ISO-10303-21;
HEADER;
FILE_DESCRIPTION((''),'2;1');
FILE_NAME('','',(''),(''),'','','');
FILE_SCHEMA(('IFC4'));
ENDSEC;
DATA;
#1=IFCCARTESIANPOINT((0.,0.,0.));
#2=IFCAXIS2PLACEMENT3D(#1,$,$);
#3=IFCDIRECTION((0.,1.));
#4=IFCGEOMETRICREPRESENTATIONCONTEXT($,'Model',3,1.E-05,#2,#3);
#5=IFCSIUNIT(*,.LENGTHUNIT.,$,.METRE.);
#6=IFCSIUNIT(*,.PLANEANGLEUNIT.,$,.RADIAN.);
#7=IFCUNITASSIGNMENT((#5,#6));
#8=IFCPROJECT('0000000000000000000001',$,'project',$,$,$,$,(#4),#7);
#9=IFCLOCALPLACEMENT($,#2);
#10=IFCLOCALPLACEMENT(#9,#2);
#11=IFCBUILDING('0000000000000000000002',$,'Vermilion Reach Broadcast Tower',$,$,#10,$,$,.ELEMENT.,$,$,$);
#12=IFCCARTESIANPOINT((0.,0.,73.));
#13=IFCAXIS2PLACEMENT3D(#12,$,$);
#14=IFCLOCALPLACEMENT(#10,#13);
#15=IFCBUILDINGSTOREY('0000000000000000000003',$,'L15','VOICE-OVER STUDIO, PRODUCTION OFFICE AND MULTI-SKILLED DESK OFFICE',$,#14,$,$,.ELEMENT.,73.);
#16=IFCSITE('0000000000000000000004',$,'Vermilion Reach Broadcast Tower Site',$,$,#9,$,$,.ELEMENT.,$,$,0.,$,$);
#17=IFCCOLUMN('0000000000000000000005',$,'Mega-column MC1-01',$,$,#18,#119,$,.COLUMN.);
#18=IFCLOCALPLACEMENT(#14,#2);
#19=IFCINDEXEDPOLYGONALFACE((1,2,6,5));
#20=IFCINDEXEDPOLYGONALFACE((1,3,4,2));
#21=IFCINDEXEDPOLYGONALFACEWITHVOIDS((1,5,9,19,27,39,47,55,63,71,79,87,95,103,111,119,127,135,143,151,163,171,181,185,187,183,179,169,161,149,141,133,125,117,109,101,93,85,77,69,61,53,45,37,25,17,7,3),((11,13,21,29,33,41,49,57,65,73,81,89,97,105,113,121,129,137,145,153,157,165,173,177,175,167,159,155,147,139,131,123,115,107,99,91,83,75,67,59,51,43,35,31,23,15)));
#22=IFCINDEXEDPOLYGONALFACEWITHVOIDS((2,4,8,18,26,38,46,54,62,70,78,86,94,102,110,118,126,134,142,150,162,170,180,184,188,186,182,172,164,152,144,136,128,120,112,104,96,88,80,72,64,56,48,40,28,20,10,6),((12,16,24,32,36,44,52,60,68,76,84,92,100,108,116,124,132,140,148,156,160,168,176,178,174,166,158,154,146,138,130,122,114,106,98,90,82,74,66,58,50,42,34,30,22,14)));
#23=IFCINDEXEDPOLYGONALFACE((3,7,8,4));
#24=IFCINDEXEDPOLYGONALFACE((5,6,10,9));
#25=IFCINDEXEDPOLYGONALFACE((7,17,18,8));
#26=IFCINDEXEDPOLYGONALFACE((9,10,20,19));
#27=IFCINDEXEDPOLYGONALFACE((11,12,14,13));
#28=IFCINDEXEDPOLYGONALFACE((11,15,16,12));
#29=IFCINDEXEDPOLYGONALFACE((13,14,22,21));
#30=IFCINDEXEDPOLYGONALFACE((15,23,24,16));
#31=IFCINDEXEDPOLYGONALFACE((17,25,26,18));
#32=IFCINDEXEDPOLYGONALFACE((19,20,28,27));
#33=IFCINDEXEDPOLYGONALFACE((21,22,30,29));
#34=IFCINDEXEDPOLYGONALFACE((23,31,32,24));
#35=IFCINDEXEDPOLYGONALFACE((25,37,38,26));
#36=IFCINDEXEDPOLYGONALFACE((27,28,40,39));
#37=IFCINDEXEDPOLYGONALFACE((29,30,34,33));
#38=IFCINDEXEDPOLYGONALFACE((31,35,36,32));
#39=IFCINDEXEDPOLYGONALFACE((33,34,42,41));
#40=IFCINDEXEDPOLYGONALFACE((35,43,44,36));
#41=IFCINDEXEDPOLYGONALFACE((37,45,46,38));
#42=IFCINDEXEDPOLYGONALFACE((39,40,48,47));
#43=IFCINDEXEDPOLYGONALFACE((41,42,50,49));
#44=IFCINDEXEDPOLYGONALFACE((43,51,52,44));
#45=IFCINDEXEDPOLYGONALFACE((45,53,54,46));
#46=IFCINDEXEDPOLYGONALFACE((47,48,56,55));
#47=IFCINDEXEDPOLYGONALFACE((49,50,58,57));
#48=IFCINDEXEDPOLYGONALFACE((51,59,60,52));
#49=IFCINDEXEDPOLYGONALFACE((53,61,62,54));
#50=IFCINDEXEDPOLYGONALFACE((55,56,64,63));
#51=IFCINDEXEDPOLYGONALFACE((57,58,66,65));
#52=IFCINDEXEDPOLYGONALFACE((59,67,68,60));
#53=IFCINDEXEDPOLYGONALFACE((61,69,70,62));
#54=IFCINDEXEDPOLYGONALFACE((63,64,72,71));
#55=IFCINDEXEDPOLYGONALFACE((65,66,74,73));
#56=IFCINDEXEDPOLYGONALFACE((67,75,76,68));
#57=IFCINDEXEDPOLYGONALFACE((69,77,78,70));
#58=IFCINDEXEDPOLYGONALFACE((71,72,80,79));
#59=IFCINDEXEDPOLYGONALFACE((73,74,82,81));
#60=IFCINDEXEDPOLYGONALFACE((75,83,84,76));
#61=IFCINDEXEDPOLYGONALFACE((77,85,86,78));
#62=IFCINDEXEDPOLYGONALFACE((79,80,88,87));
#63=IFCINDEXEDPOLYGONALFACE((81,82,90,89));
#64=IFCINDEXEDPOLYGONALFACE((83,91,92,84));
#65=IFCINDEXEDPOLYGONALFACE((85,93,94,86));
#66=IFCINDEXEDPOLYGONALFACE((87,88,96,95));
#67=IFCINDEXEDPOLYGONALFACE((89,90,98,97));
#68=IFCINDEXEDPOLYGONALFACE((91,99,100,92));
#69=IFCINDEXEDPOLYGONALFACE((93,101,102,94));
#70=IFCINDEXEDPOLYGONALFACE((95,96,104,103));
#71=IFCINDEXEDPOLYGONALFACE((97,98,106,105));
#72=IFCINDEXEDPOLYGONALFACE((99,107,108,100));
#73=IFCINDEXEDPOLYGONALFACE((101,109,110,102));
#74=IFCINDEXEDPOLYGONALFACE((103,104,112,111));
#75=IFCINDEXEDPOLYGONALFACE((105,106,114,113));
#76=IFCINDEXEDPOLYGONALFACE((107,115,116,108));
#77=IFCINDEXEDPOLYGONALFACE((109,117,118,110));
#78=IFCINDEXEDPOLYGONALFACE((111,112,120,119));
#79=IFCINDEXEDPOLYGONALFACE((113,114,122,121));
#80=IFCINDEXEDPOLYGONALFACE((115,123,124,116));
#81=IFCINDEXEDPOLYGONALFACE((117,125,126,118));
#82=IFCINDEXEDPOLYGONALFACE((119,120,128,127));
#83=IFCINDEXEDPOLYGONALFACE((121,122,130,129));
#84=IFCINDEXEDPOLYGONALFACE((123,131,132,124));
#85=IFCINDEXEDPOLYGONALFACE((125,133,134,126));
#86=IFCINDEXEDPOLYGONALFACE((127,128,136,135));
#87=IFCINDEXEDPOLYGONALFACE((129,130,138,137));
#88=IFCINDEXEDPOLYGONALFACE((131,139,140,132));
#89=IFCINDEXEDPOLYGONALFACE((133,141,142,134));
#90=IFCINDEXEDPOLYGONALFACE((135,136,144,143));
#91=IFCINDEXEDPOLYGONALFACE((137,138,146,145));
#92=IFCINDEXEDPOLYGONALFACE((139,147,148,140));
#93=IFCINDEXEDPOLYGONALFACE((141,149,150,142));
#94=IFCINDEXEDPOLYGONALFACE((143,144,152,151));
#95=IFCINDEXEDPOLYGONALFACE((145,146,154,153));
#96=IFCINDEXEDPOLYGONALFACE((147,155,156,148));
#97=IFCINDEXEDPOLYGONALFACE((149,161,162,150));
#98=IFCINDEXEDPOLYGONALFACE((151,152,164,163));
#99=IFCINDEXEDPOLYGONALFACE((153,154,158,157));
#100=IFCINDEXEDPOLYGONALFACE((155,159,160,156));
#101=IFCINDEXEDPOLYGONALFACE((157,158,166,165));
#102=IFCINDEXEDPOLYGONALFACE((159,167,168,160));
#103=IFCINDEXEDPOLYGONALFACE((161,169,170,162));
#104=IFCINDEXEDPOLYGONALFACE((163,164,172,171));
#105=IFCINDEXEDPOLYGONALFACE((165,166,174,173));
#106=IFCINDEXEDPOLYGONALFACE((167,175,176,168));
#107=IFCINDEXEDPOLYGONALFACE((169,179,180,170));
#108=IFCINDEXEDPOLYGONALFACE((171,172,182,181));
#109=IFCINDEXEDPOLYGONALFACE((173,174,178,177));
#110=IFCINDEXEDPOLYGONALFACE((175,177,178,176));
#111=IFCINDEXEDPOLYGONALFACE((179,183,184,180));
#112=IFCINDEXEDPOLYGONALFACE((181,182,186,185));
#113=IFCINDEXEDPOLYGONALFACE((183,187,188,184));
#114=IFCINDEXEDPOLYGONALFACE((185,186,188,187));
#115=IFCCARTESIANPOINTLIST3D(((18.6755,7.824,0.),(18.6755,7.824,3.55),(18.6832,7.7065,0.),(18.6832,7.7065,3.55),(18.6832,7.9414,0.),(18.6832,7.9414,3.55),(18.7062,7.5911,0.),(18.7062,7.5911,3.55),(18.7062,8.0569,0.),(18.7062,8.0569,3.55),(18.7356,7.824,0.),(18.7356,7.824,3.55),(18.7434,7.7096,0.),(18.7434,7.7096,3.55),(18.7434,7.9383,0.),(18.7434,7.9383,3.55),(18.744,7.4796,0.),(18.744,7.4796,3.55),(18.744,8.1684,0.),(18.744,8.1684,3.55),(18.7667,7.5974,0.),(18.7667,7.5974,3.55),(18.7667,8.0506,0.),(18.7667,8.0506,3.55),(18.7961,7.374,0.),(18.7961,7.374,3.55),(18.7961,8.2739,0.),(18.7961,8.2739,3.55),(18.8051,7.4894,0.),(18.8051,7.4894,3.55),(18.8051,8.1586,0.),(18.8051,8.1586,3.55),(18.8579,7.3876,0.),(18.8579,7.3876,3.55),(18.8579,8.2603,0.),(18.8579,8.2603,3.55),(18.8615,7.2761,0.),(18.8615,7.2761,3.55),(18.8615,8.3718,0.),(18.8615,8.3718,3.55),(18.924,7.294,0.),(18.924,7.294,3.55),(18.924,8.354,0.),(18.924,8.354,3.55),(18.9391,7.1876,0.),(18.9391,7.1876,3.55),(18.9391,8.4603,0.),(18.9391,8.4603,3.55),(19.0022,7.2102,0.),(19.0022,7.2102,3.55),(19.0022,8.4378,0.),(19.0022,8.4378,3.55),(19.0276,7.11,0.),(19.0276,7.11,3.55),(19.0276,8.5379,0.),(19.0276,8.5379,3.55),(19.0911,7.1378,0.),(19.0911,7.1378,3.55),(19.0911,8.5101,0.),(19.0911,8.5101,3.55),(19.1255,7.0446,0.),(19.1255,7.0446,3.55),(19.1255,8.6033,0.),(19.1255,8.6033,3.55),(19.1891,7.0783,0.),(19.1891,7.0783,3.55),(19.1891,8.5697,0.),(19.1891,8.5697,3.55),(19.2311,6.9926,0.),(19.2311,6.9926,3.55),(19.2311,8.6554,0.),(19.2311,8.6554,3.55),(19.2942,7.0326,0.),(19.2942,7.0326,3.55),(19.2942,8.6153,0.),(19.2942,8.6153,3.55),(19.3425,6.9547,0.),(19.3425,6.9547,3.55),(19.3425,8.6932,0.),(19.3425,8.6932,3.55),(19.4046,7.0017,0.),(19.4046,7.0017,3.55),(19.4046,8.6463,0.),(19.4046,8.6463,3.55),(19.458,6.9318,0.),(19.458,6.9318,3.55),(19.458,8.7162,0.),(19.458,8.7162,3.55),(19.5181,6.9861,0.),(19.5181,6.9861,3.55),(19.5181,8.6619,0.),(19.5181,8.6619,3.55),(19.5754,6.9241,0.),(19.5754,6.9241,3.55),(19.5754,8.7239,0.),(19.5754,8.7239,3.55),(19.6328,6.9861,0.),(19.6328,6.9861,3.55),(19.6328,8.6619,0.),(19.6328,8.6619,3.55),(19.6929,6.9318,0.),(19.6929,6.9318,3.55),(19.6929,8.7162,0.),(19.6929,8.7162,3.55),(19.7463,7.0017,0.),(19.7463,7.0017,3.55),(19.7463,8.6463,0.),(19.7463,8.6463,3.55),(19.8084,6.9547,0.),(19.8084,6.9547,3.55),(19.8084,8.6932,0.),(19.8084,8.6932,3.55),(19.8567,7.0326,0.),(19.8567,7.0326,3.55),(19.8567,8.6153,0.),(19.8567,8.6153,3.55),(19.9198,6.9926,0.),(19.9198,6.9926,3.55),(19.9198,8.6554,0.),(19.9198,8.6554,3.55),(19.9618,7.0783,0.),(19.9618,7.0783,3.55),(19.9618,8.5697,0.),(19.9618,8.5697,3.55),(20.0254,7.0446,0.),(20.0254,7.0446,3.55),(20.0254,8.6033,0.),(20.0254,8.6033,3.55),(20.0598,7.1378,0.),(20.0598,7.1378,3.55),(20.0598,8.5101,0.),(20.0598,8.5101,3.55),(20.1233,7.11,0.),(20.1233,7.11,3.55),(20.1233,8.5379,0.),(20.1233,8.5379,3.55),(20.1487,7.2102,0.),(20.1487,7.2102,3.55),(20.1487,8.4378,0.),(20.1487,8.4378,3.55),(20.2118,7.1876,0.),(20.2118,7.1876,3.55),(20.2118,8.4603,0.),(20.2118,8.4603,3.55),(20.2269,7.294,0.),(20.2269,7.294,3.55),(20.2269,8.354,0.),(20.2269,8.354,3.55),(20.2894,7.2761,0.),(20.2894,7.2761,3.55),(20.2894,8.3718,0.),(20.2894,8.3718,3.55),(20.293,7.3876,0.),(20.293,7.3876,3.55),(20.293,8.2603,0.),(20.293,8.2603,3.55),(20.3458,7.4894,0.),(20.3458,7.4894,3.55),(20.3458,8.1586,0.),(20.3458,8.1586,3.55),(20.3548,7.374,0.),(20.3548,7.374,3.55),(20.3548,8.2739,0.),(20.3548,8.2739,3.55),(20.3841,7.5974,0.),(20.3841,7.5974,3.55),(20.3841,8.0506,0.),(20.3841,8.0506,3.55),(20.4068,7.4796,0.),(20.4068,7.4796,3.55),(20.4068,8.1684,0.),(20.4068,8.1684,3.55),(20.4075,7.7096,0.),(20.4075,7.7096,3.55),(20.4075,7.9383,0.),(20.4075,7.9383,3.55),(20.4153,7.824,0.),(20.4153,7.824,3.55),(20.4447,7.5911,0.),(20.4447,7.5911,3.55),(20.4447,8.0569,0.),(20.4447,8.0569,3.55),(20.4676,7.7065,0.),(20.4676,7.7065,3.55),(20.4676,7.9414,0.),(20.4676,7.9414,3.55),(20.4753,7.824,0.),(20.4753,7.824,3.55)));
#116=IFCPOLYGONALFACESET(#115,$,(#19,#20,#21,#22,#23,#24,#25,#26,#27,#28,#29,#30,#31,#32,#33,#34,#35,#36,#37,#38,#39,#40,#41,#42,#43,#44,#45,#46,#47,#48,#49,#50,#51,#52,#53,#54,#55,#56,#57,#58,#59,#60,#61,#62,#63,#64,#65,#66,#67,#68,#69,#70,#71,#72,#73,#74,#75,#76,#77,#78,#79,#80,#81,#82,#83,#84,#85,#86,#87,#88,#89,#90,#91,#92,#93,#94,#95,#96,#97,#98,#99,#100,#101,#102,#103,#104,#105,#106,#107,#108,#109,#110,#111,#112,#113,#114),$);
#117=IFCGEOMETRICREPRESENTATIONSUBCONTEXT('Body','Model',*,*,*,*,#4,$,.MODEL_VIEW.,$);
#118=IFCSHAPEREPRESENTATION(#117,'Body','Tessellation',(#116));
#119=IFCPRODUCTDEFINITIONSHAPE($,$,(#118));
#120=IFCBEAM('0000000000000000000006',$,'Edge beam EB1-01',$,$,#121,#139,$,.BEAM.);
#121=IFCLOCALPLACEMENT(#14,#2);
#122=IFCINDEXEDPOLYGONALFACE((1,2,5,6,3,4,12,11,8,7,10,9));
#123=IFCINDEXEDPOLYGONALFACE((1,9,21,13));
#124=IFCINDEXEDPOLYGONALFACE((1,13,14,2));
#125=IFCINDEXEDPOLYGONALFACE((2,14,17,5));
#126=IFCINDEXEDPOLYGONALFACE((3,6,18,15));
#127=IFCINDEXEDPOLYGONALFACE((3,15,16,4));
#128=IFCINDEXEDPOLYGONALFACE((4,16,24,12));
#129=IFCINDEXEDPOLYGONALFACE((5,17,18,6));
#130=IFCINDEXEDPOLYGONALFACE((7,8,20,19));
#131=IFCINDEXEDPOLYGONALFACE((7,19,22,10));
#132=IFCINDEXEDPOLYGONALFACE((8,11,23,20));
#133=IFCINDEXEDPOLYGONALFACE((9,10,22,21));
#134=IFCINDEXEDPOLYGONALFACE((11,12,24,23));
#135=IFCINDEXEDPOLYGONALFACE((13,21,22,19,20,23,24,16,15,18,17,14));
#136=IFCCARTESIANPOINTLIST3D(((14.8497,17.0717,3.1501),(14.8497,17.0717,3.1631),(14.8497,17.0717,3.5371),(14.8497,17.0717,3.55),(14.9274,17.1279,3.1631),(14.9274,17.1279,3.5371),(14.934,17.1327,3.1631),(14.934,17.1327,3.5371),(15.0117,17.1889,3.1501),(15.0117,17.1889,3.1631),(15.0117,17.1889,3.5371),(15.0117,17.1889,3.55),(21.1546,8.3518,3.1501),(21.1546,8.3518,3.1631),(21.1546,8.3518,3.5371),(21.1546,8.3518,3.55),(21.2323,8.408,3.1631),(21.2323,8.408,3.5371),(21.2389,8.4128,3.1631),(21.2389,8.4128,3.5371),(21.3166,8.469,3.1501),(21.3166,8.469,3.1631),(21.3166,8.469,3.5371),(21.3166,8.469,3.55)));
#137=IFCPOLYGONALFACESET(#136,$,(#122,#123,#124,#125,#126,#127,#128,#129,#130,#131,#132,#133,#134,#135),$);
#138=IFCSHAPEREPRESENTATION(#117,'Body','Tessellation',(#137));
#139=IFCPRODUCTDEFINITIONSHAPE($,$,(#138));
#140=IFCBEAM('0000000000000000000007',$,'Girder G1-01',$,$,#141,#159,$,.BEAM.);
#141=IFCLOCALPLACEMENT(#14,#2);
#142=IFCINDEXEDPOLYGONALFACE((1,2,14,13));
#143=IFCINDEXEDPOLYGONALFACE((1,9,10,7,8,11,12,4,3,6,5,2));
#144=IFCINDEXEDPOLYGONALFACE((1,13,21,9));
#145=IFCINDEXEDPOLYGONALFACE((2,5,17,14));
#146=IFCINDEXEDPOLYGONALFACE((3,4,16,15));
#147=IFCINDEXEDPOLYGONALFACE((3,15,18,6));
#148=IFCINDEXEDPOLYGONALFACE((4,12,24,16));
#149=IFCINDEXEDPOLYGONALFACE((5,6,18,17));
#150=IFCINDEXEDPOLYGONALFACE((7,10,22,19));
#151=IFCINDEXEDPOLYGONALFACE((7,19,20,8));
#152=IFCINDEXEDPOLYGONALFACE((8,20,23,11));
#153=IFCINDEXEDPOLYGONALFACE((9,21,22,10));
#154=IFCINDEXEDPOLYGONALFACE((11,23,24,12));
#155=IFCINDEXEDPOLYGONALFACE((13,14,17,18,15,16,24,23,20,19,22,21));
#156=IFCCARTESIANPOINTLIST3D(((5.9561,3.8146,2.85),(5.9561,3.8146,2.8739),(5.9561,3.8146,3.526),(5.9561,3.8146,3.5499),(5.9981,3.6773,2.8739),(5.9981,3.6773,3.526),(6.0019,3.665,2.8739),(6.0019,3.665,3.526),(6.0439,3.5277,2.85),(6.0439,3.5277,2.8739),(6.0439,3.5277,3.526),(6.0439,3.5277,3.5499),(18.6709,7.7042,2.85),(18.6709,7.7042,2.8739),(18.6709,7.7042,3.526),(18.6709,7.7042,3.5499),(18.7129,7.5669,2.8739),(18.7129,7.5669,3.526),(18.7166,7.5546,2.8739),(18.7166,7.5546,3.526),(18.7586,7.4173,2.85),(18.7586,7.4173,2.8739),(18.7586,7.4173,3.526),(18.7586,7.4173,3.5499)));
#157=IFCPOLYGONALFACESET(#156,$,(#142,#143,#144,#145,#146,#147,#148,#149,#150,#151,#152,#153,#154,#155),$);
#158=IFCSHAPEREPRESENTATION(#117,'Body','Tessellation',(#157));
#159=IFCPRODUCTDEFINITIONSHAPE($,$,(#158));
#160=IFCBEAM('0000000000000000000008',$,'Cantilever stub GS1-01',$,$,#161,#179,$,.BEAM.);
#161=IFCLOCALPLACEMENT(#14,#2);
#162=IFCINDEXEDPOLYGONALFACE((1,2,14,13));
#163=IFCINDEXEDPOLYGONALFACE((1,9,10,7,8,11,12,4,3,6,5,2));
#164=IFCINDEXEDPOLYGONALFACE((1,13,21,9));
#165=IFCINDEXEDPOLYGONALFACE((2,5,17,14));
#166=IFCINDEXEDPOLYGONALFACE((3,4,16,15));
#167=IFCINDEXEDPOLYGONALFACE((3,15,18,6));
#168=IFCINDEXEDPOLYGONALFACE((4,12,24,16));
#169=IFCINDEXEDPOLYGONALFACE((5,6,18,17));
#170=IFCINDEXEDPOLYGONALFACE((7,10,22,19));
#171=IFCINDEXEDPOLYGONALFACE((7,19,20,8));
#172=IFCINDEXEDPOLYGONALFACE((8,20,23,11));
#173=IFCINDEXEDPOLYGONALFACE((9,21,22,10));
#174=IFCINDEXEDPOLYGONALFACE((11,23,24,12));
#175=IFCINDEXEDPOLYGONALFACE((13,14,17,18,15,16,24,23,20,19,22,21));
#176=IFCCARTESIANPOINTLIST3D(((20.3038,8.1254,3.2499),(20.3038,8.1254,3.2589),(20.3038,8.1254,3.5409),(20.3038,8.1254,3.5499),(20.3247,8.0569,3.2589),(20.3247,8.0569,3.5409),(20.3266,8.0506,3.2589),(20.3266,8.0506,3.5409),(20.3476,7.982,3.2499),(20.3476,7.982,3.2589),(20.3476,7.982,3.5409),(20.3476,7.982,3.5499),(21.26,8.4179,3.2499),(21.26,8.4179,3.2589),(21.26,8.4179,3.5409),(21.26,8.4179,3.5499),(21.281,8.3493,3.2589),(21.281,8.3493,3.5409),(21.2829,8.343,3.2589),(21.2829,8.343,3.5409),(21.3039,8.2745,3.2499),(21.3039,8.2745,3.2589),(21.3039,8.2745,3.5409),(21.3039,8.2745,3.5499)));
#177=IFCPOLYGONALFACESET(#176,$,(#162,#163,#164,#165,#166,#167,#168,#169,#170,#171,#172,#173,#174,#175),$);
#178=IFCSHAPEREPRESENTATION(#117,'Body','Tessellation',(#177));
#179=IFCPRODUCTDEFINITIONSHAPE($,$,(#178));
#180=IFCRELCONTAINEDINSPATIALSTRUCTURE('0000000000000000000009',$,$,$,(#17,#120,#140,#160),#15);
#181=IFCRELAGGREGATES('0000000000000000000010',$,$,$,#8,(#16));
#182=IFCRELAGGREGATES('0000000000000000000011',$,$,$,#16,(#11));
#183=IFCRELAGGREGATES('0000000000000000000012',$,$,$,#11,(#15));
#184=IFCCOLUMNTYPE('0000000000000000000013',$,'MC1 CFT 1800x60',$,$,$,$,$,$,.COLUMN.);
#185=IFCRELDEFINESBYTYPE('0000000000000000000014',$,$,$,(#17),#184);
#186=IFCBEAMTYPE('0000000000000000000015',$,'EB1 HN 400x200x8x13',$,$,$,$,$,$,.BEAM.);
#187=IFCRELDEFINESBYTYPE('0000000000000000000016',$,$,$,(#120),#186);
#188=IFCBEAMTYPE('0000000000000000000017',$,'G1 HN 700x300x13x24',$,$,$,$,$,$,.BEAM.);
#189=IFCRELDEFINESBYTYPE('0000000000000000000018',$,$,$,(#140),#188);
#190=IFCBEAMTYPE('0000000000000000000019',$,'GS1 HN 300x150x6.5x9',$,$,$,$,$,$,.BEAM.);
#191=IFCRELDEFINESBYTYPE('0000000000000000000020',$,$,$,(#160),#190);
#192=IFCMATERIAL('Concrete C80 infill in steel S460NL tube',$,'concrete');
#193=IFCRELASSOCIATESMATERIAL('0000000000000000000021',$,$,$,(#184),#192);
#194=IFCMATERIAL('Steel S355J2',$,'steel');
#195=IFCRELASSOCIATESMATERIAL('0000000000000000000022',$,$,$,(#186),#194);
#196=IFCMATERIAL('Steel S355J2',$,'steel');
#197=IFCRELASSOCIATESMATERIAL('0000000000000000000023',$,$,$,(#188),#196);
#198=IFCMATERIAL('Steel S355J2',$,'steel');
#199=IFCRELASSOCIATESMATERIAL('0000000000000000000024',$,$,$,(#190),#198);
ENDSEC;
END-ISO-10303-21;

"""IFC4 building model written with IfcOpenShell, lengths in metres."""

from ifc_helpers import new_model, si_unit, direction, frame, origin, origin_2d, place, context, subcontext, project, spatial, hollow_circle, i_section, extrude, material, material_profile, profile_set, type_object, element, save


model = new_model("IFC4")

# Units and contexts
model_context = context("Model", 3, precision=1e-05, world=origin(), true_north=direction((0.0, 1.0)))
body_context = subcontext(model_context, "Body", "Model", "MODEL_VIEW")
ifc_project = project(units=[si_unit("LENGTHUNIT", "METRE"), si_unit("PLANEANGLEUNIT", "RADIAN")], contexts=[model_context])

# Site, building, storey
site_placement = place(None, origin())
site = spatial("IfcSite", under=ifc_project, at=site_placement, Name="Vermilion Reach Broadcast Tower Site", CompositionType="ELEMENT", RefElevation=0.0)
building_placement = place(site_placement, origin())
building = spatial("IfcBuilding", under=site, at=building_placement, Name="Vermilion Reach Broadcast Tower", CompositionType="ELEMENT")
storey_placement = place(building_placement, frame((0.0, 0.0, 73.0)))
storey = spatial("IfcBuildingStorey", under=building, at=storey_placement, Name="L15", Description="VOICE-OVER STUDIO, PRODUCTION OFFICE AND MULTI-SKILLED DESK OFFICE", CompositionType="ELEMENT", Elevation=73.0)

# Column
ifc_material_1 = material(Name="Concrete C80 infill in steel S460NL tube", Category="concrete")
ifc_material_profile_1 = material_profile(ifc_material_1, hollow_circle(Radius=0.8999, WallThickness=0.0601, at=origin_2d()), Name="Concrete C80 infill in steel S460NL tube CFT 1800x60")
ifc_profile_set_1 = profile_set([ifc_material_profile_1], Name="Concrete C80 infill in steel S460NL tube")
column_type = type_object("IfcColumnType", Name="MC1 CFT 1800x60", PredefinedType="COLUMN", material=ifc_profile_set_1)
column_placement = place(storey_placement, frame((19.5754, 7.824, 0.0), z_axis=(0.0, 0.0, 1.0), x_axis=(1.0, 0.0, 0.0)))
element("IfcColumn", 1, at=column_placement, inside=storey, type_object=column_type, Name="Mega-column MC1-01", PredefinedType="COLUMN", context=body_context, shape_type="SweptSolid", body=[
    extrude(hollow_circle(Radius=0.8999, WallThickness=0.0601, at=origin_2d()), origin(), (0.0, 0.0, 1.0), 3.55),
])

# Beams
ifc_material_2 = material(Name="Steel S355J2", Category="steel")
ifc_material_profile_2 = material_profile(ifc_material_2, i_section(OverallWidth=0.2, OverallDepth=0.3999, WebThickness=0.0081, FlangeThickness=0.0129, at=origin_2d()), Name="S355J2 HN 400x200x8x13")
ifc_profile_set_2 = profile_set([ifc_material_profile_2], Name="Steel S355J2")
beam_type_1 = type_object("IfcBeamType", Name="EB1 HN 400x200x8x13", PredefinedType="BEAM", material=ifc_profile_set_2)
beam_1_placement = place(storey_placement, frame((21.2356, 8.4104, 3.3501), z_axis=(-0.585929, 0.810363, 0.0), x_axis=(-0.810363, -0.585929, 0.0)))
element("IfcBeam", 2, at=beam_1_placement, inside=storey, type_object=beam_type_1, Name="Edge beam EB1-01", PredefinedType="BEAM", context=body_context, shape_type="SweptSolid", body=[
    extrude(i_section(OverallWidth=0.2, OverallDepth=0.3999, WebThickness=0.0081, FlangeThickness=0.0129, at=origin_2d()), origin(), (0.0, 0.0, 1.0), 10.7605),
])
ifc_material_3 = material(Name="Steel S355J2", Category="steel")
ifc_material_profile_3 = material_profile(ifc_material_3, i_section(OverallWidth=0.3, OverallDepth=0.7, WebThickness=0.0129, FlangeThickness=0.0239, at=origin_2d()), Name="S355J2 HN 700x300x13x24")
ifc_profile_set_3 = profile_set([ifc_material_profile_3], Name="Steel S355J2")
beam_type_2 = type_object("IfcBeamType", Name="G1 HN 700x300x13x24", PredefinedType="BEAM", material=ifc_profile_set_3)
beam_2_placement = place(storey_placement, frame((6.0, 3.6711, 3.2), z_axis=(0.956256, 0.292532, 0.0), x_axis=(-0.292532, 0.956256, 0.0)))
element("IfcBeam", 3, at=beam_2_placement, inside=storey, type_object=beam_type_2, Name="Girder G1-01", PredefinedType="BEAM", context=body_context, shape_type="SweptSolid", body=[
    extrude(i_section(OverallWidth=0.3, OverallDepth=0.7, WebThickness=0.0129, FlangeThickness=0.0239, at=origin_2d()), origin(), (0.0, 0.0, 1.0), 13.2964),
])
ifc_material_4 = material(Name="Steel S355J2", Category="steel")
ifc_material_profile_4 = material_profile(ifc_material_4, i_section(OverallWidth=0.1499, OverallDepth=0.3, WebThickness=0.0066, FlangeThickness=0.009, at=origin_2d()), Name="S355J2 HN 300x150x6.5x9")
ifc_profile_set_4 = profile_set([ifc_material_profile_4], Name="Steel S355J2")
beam_type_3 = type_object("IfcBeamType", Name="GS1 HN 300x150x6.5x9", PredefinedType="BEAM", material=ifc_profile_set_4)
beam_3_placement = place(storey_placement, frame((20.3257, 8.0537, 3.3999), z_axis=(0.956274, 0.292473, 0.0), x_axis=(-0.292473, 0.956274, 0.0)))
element("IfcBeam", 4, at=beam_3_placement, inside=storey, type_object=beam_type_3, Name="Cantilever stub GS1-01", PredefinedType="BEAM", context=body_context, shape_type="SweptSolid", body=[
    extrude(i_section(OverallWidth=0.1499, OverallDepth=0.3, WebThickness=0.0066, FlangeThickness=0.009, at=origin_2d()), origin(), (0.0, 0.0, 1.0), 1.0),
])

save(model, "model.ifc")
